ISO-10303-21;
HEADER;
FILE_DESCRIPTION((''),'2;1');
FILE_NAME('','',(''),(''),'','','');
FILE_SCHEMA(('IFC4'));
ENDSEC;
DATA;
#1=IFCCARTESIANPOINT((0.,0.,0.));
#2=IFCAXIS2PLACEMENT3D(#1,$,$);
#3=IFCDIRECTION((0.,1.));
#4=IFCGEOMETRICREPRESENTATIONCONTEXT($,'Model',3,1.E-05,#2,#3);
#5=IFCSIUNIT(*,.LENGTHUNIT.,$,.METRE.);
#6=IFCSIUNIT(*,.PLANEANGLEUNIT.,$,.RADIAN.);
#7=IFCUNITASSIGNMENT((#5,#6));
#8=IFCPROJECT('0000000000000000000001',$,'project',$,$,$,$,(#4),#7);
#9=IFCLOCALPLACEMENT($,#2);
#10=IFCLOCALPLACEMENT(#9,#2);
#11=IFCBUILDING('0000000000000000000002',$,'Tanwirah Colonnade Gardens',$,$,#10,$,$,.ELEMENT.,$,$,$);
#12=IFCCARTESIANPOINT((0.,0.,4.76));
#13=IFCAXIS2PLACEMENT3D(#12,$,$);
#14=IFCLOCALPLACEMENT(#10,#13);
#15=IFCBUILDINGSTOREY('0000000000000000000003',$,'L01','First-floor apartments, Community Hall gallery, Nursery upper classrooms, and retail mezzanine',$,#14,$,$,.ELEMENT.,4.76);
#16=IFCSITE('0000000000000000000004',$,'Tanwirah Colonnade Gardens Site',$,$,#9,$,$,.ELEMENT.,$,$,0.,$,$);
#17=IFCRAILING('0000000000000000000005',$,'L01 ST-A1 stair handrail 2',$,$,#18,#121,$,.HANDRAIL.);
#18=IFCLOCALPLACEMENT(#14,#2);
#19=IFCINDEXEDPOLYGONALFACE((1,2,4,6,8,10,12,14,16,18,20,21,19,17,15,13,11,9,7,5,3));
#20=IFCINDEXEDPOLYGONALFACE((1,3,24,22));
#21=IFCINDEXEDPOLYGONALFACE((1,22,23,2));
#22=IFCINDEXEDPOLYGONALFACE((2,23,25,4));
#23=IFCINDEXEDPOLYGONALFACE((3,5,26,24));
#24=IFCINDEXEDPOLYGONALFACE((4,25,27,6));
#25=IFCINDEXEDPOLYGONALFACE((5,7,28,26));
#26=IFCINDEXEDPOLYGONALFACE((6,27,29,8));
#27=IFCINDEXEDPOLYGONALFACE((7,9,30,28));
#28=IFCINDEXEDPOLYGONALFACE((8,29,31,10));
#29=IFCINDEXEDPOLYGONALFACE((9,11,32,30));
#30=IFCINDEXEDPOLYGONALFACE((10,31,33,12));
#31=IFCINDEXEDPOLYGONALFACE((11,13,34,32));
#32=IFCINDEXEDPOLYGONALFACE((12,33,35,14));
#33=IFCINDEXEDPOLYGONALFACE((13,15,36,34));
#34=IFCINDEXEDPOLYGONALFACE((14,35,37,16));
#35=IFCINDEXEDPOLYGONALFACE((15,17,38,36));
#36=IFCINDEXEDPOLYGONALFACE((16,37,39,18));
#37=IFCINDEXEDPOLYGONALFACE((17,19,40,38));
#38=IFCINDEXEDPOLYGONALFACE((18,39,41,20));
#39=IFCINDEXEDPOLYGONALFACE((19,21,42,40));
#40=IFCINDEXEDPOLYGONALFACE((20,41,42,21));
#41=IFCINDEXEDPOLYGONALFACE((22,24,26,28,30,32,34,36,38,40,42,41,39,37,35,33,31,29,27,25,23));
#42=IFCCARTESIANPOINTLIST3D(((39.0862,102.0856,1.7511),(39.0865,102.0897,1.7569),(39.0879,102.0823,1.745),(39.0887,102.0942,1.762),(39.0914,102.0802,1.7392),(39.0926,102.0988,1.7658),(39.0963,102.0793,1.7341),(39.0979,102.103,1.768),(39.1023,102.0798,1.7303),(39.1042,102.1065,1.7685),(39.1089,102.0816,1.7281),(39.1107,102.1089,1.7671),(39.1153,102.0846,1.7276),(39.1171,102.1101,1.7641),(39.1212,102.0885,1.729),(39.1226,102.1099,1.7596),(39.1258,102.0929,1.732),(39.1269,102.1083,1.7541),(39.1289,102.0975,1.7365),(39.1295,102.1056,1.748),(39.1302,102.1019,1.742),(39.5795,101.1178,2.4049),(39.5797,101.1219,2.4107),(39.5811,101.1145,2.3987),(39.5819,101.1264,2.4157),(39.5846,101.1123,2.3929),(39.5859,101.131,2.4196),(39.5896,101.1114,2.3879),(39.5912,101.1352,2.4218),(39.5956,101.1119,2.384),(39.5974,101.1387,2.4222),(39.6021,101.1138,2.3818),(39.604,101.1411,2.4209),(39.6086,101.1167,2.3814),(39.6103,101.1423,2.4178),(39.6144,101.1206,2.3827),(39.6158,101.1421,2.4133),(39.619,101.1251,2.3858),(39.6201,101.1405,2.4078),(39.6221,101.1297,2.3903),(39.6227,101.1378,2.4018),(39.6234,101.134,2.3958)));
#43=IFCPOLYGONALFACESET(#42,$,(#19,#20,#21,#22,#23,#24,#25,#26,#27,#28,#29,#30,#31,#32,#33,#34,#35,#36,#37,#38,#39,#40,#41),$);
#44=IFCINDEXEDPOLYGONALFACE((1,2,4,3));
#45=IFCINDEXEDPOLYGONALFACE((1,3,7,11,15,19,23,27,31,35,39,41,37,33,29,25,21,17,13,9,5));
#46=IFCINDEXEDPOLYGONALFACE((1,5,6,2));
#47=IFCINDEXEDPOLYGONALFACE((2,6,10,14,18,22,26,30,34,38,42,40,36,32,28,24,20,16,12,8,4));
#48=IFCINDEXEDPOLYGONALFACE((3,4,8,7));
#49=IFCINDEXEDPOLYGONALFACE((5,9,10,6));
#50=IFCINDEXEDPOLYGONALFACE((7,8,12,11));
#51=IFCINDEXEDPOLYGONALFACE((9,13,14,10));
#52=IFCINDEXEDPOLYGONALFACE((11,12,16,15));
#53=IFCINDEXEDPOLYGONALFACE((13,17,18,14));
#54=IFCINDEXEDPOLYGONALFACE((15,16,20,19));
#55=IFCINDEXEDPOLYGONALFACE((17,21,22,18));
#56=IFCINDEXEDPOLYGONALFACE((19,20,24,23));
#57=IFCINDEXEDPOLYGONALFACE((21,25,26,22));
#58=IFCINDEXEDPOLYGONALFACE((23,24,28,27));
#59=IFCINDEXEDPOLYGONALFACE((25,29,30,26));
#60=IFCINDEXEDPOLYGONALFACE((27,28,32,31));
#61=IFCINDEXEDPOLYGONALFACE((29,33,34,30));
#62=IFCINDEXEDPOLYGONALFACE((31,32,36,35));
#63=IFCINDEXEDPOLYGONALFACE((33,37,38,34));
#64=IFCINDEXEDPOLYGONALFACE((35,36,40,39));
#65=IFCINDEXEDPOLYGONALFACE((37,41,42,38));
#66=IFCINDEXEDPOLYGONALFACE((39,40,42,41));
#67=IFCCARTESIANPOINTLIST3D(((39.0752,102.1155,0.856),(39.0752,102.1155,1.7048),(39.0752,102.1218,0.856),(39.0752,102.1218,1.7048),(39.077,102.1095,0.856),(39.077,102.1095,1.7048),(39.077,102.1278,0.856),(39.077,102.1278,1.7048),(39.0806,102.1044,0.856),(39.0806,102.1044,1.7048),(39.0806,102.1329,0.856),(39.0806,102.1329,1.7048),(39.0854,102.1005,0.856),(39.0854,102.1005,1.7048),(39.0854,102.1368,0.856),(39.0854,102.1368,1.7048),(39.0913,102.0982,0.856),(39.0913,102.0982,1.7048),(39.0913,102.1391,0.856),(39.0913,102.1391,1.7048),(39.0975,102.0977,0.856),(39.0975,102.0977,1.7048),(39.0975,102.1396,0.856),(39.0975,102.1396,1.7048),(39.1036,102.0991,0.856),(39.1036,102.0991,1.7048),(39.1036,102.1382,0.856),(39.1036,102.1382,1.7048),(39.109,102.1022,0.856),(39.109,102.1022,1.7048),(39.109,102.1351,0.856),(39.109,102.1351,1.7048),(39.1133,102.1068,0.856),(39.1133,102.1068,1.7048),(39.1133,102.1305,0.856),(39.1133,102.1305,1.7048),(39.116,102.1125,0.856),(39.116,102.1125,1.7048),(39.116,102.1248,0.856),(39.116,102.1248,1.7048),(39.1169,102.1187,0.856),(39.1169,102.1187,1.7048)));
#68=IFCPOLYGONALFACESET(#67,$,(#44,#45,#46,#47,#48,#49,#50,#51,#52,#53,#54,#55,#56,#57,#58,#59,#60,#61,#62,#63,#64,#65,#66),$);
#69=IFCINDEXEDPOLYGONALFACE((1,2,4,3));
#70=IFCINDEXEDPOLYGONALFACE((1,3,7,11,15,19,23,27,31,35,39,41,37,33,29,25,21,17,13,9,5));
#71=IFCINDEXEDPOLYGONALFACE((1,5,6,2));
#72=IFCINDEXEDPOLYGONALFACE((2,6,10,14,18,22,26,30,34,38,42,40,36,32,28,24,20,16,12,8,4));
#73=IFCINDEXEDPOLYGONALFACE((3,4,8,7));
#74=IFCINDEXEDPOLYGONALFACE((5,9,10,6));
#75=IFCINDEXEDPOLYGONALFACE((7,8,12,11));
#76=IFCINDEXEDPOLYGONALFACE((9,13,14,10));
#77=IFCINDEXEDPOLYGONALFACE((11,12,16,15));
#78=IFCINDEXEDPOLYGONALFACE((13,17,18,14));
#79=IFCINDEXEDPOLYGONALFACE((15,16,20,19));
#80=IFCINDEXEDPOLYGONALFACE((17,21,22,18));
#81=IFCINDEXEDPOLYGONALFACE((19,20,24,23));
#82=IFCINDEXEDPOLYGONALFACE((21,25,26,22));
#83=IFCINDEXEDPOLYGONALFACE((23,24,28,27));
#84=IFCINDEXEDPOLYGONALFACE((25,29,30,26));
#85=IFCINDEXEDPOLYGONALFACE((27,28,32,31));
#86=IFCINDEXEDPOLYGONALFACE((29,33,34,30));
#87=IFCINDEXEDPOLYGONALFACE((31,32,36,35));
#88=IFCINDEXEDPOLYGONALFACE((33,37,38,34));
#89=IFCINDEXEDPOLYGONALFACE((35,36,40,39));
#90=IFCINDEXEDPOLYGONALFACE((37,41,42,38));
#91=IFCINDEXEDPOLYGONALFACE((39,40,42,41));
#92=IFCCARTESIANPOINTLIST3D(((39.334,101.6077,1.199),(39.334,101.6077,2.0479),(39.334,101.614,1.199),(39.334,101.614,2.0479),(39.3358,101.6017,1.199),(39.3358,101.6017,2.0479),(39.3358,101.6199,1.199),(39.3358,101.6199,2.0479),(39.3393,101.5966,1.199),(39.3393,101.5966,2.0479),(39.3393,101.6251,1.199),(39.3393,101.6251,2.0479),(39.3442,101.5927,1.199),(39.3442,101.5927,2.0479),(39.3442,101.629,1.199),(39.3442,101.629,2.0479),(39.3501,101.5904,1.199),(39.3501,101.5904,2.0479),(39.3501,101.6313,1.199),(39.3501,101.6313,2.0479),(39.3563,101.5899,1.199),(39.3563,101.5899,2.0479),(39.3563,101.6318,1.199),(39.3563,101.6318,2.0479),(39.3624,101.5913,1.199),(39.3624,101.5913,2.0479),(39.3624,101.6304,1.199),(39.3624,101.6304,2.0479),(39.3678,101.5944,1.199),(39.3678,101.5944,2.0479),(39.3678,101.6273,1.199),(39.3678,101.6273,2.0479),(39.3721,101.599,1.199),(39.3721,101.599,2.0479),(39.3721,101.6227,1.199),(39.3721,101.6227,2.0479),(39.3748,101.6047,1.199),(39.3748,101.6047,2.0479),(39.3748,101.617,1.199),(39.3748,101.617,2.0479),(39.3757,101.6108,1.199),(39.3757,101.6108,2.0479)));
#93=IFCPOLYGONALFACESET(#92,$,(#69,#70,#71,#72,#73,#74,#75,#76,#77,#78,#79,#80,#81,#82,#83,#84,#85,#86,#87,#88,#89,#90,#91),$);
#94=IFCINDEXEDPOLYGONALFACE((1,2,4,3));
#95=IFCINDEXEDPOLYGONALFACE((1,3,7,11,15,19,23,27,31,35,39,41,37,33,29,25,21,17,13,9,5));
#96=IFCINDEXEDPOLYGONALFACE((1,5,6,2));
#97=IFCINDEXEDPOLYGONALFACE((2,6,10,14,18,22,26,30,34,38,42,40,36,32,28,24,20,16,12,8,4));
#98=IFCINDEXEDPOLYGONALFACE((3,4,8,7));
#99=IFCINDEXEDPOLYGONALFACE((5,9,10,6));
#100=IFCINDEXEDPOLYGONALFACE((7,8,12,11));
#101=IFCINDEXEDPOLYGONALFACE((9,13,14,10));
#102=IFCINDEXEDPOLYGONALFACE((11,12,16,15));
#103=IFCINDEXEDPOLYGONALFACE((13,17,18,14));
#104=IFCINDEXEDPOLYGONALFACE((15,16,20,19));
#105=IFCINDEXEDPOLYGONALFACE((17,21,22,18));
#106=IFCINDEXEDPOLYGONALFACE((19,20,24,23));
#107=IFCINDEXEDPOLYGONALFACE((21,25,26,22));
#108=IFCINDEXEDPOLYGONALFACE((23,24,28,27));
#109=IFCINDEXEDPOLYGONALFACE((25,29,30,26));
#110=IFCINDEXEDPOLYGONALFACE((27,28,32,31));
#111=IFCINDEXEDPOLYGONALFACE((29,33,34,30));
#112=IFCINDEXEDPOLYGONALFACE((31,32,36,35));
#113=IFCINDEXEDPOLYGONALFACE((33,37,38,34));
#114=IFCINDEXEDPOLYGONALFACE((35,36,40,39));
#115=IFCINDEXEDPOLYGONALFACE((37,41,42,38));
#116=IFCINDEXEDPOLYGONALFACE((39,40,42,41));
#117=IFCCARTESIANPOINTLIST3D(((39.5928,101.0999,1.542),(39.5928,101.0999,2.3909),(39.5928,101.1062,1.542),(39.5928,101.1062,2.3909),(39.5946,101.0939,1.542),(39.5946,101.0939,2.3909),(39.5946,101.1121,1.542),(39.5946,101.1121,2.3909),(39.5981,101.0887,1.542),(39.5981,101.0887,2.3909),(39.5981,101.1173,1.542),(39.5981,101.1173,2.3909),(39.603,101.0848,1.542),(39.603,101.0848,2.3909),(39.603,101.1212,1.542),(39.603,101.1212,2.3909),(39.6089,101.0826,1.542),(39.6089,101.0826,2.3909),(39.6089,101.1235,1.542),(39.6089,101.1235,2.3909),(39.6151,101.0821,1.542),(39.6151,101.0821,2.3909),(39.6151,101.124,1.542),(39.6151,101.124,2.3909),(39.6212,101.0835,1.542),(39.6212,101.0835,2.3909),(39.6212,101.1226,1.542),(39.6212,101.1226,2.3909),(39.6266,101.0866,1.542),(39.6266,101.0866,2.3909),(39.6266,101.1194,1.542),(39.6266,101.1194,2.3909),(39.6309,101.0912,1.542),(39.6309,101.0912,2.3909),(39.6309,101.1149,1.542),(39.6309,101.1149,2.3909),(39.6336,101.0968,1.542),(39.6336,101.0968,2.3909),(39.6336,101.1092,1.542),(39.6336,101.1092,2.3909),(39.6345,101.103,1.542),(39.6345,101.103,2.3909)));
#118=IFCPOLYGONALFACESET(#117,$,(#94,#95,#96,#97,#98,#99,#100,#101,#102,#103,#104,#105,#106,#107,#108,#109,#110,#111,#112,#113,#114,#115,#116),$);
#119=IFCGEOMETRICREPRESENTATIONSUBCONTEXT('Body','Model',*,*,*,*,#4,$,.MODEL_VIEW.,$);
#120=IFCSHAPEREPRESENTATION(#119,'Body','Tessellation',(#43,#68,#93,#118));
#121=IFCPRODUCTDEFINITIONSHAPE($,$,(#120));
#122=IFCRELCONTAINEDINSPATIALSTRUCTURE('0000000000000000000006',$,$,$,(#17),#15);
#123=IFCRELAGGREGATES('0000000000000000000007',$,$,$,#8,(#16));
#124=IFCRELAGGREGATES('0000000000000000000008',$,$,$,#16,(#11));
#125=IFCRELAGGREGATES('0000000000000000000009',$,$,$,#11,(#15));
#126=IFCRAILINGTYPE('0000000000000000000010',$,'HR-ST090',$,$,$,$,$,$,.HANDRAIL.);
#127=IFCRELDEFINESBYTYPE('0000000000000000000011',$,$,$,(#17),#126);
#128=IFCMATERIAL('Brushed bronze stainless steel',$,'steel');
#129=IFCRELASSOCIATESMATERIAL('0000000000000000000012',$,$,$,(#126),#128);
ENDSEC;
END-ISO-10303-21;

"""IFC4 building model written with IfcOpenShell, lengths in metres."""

from ifc_helpers import new_model, si_unit, direction, frame, origin, origin_2d, place, context, subcontext, project, spatial, circle, extrude, material, type_object, element, save


model = new_model("IFC4")

# Units and contexts
model_context = context("Model", 3, precision=1e-05, world=origin(), true_north=direction((0.0, 1.0)))
body_context = subcontext(model_context, "Body", "Model", "MODEL_VIEW")
ifc_project = project(units=[si_unit("LENGTHUNIT", "METRE"), si_unit("PLANEANGLEUNIT", "RADIAN")], contexts=[model_context])

# Site, building, storey
site_placement = place(None, origin())
site = spatial("IfcSite", under=ifc_project, at=site_placement, Name="Tanwirah Colonnade Gardens Site", CompositionType="ELEMENT", RefElevation=0.0)
building_placement = place(site_placement, origin())
building = spatial("IfcBuilding", under=site, at=building_placement, Name="Tanwirah Colonnade Gardens", CompositionType="ELEMENT")
storey_placement = place(building_placement, frame((0.0, 0.0, 4.76)))
storey = spatial("IfcBuildingStorey", under=building, at=storey_placement, Name="L01", Description="First-floor apartments, Community Hall gallery, Nursery upper classrooms, and retail mezzanine", CompositionType="ELEMENT", Elevation=4.76)

# Railing
ifc_material_1 = material(Name="Brushed bronze stainless steel", Category="steel")
railing_type_1 = type_object("IfcRailingType", Name="HR-ST090", PredefinedType="HANDRAIL", material=ifc_material_1)
railing_1_placement = place(storey_placement, frame((39.0959, 102.1187, 0.856)))
element("IfcRailing", 1, at=railing_1_placement, inside=storey, type_object=railing_type_1, Name="L01 ST-A1 stair handrail 2", PredefinedType="HANDRAIL", context=body_context, shape_type="SweptSolid", body=[
    extrude(circle(Radius=0.0239, at=origin_2d()), frame((0.0122, -0.0239, 0.8921), z_axis=(0.389033, -0.763385, 0.515652), x_axis=(0.890974, 0.454054, 0.0)), (0.0, 0.0, 1.0), 1.2678),
    extrude(circle(Radius=0.021, at=origin_2d()), origin(), (0.0, 0.0, 1.0), 0.8489),
    extrude(circle(Radius=0.021, at=origin_2d()), frame((0.2588, -0.5078, 0.343)), (0.0, 0.0, 1.0), 0.8489),
    extrude(circle(Radius=0.021, at=origin_2d()), frame((0.5176, -1.0156, 0.686)), (0.0, 0.0, 1.0), 0.8489),
])

save(model, "model.ifc")
